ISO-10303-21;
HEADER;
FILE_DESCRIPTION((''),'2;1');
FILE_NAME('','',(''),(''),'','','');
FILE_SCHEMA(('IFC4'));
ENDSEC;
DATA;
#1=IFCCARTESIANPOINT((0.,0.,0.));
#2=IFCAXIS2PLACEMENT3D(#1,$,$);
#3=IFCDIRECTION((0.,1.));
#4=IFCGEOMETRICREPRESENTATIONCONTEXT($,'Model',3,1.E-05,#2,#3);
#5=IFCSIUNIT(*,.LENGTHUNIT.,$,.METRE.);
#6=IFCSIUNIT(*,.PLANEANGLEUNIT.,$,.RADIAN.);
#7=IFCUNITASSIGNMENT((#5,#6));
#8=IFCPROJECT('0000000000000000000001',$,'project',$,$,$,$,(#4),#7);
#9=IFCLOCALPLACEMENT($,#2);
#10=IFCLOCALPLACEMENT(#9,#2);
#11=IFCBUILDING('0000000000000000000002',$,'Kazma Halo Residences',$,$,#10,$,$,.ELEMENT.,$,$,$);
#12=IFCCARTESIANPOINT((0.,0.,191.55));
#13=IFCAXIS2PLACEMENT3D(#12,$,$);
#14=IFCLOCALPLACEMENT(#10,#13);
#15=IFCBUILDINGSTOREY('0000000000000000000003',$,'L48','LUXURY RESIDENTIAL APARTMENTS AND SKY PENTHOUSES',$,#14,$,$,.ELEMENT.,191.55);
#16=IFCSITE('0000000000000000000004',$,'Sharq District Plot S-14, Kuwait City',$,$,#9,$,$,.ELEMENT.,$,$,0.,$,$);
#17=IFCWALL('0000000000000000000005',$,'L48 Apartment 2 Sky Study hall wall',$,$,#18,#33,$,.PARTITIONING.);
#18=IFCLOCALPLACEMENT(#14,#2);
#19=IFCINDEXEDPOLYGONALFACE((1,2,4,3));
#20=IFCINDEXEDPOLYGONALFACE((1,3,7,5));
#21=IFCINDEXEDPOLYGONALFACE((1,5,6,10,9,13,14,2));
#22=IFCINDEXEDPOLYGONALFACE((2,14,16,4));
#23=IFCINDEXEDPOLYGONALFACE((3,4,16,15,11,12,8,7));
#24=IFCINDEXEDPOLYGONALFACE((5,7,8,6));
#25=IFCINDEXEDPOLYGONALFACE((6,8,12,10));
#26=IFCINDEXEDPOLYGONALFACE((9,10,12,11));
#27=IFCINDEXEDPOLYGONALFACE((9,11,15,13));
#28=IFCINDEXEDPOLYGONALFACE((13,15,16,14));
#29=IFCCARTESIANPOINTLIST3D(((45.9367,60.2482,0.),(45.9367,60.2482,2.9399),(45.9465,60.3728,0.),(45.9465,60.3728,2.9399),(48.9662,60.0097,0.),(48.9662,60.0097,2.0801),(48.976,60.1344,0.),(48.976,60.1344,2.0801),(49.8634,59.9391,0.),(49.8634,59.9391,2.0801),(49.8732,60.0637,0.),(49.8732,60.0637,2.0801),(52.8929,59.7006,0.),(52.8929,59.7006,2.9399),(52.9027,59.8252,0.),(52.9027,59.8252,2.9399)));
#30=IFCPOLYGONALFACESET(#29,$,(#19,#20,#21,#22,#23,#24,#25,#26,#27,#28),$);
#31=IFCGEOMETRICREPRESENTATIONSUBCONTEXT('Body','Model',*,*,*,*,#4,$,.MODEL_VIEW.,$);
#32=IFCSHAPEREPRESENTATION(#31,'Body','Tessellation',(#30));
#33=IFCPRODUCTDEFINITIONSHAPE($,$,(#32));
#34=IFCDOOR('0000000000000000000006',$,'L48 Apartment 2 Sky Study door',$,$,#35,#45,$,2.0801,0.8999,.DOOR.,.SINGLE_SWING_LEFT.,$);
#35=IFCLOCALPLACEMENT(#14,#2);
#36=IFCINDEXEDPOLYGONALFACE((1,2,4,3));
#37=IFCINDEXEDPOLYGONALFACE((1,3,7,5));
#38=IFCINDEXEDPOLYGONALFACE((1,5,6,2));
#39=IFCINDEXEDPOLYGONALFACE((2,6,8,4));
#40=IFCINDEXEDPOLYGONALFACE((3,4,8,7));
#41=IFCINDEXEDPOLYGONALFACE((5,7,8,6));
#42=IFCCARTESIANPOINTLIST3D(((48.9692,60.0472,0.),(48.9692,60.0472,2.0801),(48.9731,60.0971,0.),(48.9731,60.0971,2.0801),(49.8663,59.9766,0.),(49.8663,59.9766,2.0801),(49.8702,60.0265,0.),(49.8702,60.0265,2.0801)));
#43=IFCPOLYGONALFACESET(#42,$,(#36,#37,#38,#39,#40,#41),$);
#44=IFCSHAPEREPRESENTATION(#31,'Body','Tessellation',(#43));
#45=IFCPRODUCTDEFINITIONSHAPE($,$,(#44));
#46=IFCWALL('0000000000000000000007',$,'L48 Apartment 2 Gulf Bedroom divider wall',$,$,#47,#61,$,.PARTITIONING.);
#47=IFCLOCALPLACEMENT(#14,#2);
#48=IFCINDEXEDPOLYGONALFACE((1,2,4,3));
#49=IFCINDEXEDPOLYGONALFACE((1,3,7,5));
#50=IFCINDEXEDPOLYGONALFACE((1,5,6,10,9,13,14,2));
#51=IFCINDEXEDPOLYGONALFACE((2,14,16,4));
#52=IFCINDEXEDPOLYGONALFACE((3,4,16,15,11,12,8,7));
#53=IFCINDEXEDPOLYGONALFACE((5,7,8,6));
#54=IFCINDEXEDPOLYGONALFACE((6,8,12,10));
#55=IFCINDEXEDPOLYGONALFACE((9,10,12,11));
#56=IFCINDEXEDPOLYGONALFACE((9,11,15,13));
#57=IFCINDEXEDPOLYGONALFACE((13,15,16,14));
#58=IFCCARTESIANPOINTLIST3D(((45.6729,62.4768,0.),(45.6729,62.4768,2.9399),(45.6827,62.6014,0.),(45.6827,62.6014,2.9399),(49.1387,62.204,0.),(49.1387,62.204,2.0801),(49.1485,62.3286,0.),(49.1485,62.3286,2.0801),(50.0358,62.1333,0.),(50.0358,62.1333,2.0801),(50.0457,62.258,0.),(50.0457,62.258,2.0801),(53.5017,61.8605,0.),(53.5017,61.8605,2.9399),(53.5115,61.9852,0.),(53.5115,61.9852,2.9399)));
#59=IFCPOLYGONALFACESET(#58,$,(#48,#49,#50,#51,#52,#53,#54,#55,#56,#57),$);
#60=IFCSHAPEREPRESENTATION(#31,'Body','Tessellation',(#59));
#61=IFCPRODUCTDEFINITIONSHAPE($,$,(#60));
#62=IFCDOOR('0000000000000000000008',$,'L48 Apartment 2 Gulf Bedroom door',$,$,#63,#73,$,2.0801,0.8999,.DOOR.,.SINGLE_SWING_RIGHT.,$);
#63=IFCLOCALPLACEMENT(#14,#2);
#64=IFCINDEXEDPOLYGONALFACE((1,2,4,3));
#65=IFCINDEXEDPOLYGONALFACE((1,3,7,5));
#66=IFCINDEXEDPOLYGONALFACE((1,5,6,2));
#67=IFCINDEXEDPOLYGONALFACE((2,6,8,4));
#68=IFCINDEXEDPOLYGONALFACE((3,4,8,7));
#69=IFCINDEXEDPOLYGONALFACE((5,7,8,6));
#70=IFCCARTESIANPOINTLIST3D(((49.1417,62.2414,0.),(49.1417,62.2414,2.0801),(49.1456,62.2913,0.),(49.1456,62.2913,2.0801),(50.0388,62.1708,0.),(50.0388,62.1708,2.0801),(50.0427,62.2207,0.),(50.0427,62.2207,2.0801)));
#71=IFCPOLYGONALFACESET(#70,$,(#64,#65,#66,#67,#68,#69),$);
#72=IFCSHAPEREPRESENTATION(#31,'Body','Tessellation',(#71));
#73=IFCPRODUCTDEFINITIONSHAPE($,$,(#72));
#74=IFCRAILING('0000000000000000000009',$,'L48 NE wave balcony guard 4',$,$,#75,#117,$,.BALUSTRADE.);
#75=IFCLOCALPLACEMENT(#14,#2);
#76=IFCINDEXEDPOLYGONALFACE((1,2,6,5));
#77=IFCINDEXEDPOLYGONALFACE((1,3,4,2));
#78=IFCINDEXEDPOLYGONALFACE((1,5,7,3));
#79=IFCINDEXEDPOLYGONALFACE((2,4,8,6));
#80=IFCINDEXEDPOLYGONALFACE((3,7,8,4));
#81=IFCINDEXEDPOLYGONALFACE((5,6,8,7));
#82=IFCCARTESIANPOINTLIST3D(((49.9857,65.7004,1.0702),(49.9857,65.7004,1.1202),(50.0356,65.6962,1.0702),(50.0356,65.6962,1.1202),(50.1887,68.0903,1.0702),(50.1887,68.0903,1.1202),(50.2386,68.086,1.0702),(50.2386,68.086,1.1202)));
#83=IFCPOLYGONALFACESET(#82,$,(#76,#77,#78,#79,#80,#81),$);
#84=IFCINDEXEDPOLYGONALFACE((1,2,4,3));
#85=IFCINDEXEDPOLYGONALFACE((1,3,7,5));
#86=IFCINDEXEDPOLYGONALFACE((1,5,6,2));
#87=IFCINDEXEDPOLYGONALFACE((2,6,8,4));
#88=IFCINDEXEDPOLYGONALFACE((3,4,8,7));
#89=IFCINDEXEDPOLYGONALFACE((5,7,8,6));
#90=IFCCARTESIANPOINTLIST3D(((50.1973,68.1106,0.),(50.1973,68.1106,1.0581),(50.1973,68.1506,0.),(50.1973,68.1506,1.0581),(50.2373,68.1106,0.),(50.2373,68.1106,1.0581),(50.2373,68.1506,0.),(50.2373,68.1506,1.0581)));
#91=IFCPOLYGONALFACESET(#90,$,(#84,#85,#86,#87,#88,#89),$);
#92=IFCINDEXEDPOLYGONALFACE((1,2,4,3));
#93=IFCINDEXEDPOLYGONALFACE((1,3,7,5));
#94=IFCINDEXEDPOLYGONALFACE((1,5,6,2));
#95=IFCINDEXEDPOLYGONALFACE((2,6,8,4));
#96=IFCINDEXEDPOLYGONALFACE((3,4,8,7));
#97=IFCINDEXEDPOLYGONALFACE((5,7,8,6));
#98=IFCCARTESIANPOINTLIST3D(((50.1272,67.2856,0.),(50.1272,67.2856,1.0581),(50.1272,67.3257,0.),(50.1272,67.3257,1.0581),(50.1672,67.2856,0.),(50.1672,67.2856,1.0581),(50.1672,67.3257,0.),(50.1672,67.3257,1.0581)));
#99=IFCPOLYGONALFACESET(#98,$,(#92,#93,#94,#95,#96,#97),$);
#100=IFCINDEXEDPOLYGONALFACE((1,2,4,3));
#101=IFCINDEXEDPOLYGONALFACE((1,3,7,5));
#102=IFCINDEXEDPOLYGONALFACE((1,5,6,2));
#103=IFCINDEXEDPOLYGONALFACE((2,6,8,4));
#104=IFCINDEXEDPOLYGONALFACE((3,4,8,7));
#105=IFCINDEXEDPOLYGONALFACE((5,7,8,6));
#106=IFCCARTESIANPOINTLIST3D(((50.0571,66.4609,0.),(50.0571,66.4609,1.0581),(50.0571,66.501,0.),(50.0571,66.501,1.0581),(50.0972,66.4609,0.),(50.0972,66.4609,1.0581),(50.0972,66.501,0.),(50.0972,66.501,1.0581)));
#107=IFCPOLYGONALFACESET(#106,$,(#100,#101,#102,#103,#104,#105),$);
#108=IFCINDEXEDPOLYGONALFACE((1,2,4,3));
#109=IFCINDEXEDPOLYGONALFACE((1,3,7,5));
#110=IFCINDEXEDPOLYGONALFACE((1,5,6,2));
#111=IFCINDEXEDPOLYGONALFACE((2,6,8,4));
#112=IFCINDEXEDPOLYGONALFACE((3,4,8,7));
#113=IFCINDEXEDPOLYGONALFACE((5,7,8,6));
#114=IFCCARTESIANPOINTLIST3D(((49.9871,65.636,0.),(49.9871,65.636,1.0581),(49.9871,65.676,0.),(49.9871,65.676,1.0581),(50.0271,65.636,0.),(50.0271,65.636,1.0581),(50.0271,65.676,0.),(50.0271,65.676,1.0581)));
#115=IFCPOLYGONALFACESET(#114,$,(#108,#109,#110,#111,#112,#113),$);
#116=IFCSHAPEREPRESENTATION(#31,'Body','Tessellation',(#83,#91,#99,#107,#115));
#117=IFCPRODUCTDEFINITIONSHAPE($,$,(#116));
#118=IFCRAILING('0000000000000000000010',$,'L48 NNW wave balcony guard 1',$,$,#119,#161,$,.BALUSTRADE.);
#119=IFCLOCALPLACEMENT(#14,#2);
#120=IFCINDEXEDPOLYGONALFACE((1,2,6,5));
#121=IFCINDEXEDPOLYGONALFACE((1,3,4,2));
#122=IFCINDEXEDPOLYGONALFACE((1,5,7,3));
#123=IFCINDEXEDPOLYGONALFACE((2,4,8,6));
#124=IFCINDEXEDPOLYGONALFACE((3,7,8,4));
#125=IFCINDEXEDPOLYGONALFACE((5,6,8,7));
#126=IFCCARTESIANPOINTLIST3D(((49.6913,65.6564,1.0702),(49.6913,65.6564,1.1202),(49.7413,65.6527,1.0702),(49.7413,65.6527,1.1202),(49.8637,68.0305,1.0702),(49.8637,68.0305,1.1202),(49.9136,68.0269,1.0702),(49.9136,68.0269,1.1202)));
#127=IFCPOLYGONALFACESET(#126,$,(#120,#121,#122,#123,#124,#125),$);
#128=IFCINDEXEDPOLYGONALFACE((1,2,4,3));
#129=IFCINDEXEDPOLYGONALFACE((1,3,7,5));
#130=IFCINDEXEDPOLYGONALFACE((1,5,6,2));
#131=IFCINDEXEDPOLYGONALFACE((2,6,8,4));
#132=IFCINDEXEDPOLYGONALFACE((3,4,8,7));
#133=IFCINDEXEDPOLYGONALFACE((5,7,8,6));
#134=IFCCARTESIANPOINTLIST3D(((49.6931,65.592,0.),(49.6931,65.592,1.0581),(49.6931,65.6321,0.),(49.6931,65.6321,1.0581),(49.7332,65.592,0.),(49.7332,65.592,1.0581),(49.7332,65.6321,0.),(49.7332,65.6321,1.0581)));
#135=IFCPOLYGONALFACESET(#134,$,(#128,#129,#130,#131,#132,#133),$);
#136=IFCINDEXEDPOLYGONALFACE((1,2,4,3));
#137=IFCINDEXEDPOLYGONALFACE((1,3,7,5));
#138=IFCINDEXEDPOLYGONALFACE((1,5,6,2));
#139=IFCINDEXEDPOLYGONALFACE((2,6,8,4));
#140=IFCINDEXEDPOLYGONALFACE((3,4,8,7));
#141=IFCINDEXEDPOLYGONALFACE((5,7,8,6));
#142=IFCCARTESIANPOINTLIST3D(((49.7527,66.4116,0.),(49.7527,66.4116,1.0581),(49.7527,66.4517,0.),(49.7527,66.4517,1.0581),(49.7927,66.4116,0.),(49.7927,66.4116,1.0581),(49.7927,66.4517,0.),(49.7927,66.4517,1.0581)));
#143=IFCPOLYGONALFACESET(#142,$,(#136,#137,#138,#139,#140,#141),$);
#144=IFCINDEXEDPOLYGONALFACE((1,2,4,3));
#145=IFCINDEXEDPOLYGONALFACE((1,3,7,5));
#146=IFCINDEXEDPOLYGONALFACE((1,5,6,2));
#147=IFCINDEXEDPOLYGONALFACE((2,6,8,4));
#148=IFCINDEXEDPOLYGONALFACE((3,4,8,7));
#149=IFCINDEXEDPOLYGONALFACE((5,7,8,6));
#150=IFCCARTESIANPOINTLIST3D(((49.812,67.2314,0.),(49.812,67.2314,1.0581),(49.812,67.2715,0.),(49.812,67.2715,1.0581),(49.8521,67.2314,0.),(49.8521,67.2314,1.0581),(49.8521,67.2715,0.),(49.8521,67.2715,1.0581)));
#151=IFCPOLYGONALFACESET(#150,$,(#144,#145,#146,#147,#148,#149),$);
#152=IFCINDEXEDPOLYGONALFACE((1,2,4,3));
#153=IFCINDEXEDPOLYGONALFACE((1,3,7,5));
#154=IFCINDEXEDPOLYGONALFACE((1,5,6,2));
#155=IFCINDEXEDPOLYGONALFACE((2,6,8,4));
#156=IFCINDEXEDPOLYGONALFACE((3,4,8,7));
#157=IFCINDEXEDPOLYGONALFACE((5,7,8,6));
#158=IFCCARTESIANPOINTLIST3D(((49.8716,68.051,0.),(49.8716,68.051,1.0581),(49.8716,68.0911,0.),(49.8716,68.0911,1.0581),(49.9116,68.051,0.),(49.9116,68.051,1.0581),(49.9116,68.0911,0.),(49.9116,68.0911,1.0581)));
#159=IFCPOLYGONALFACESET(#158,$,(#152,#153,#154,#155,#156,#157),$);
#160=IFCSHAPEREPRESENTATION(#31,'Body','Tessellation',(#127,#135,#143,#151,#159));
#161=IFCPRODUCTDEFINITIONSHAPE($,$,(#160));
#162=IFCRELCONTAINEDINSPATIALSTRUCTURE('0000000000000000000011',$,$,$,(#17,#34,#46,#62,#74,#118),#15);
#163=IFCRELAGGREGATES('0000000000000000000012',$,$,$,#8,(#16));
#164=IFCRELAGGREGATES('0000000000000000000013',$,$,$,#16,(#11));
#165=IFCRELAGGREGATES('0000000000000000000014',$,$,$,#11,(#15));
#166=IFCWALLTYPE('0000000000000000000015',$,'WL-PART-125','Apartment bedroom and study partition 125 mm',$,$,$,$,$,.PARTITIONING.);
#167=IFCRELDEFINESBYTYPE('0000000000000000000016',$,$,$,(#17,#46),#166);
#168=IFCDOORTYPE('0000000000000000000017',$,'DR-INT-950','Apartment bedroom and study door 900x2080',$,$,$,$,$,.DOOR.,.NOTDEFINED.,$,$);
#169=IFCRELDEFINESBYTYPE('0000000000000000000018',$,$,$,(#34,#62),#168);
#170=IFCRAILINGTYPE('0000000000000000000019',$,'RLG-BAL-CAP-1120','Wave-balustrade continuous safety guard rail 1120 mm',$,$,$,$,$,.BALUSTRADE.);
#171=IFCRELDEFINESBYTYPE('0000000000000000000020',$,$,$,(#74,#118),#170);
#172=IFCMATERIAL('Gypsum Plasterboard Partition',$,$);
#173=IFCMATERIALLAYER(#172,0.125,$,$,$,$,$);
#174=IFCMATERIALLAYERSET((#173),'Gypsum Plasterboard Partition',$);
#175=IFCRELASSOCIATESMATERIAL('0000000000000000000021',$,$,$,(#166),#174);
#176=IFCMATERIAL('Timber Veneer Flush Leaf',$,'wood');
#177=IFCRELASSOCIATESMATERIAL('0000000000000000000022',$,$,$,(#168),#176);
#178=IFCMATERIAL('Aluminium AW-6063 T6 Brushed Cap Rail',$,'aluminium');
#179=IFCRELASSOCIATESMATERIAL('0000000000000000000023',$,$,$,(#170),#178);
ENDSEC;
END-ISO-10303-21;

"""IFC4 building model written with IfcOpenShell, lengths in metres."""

from ifc_helpers import new_model, si_unit, direction, frame, frame_2d, origin, origin_2d, place, context, subcontext, project, spatial, rectangle, extrude, material, layer, layer_set, type_object, element, fill, save


model = new_model("IFC4")

# Units and contexts
model_context = context("Model", 3, precision=1e-05, world=origin(), true_north=direction((0.0, 1.0)))
body_context = subcontext(model_context, "Body", "Model", "MODEL_VIEW")
ifc_project = project(units=[si_unit("LENGTHUNIT", "METRE"), si_unit("PLANEANGLEUNIT", "RADIAN")], contexts=[model_context])

# Site, building, storey
site_placement = place(None, origin())
site = spatial("IfcSite", under=ifc_project, at=site_placement, Name="Sharq District Plot S-14, Kuwait City", CompositionType="ELEMENT", RefElevation=0.0)
building_placement = place(site_placement, origin())
building = spatial("IfcBuilding", under=site, at=building_placement, Name="Kazma Halo Residences", CompositionType="ELEMENT")
storey_placement = place(building_placement, frame((0.0, 0.0, 191.55)))
storey = spatial("IfcBuildingStorey", under=building, at=storey_placement, Name="L48", Description="LUXURY RESIDENTIAL APARTMENTS AND SKY PENTHOUSES", CompositionType="ELEMENT", Elevation=191.55)

# Shared definitions
ifc_material_1 = material(Name="Gypsum Plasterboard Partition")
ifc_layer_1 = layer(ifc_material_1, 0.125)
ifc_layer_set_1 = layer_set([ifc_layer_1], Name="Gypsum Plasterboard Partition")
wall_type_1 = type_object("IfcWallType", Name="WL-PART-125", Description="Apartment bedroom and study partition 125 mm", PredefinedType="PARTITIONING", material=ifc_layer_set_1)

# Walls, openings, doors
wall_1_placement = place(storey_placement, frame((52.8977, 59.7629, 0.0), z_axis=(0.0, 0.0, 1.0), x_axis=(-0.996916, 0.078478, 0.0)))
wall_1 = element("IfcWall", 1, at=wall_1_placement, inside=storey, type_object=wall_type_1, Name="L48 Apartment 2 Sky Study hall wall", PredefinedType="PARTITIONING", context=body_context, shape_type="SweptSolid", body=[
    extrude(rectangle(XDim=6.9778, YDim=0.125, at=frame_2d((3.4888, 0.0))), origin(), (0.0, 0.0, 1.0), 2.9399),
])
opening_1_placement = place(wall_1_placement, frame((3.0388, 0.0, 0.0)))
opening_1 = element("IfcOpeningElement", 2, at=opening_1_placement, cuts=wall_1, PredefinedType="OPENING", context=body_context, shape_type="SweptSolid", body=[
    extrude(rectangle(XDim=0.8999, YDim=2.0801, at=frame_2d((0.45, 1.04))), frame((0.0, 0.0725, 0.0), z_axis=(0.0, -1.0, 0.0), x_axis=(1.0, 0.0, 0.0)), (0.0, 0.0, 1.0), 0.145),
])
ifc_material_2 = material(Name="Timber Veneer Flush Leaf", Category="wood")
door_type_1 = type_object("IfcDoorType", Name="DR-INT-950", Description="Apartment bedroom and study door 900x2080", OperationType="NOTDEFINED", PredefinedType="DOOR", material=ifc_material_2)
door_1_placement = place(opening_1_placement, origin())
door_1 = element("IfcDoor", 3, at=door_1_placement, inside=storey, type_object=door_type_1, Name="L48 Apartment 2 Sky Study door", OperationType="SINGLE_SWING_LEFT", OverallHeight=2.0801, OverallWidth=0.8999, PredefinedType="DOOR", context=body_context, shape_type="SweptSolid", body=[
    extrude(rectangle(XDim=0.8999, YDim=2.0801, at=frame_2d((0.45, 1.04))), frame((0.0, 0.0249, 0.0), z_axis=(0.0, -1.0, 0.0), x_axis=(1.0, 0.0, 0.0)), (0.0, 0.0, 1.0), 0.05),
])
fill(opening_1, door_1)
wall_2_placement = place(storey_placement, frame((53.5066, 61.9229, 0.0), z_axis=(0.0, 0.0, 1.0), x_axis=(-0.996917, 0.078468, 0.0)))
wall_2 = element("IfcWall", 4, at=wall_2_placement, inside=storey, type_object=wall_type_1, Name="L48 Apartment 2 Gulf Bedroom divider wall", PredefinedType="PARTITIONING", context=body_context, shape_type="SweptSolid", body=[
    extrude(rectangle(XDim=7.853, YDim=0.125, at=frame_2d((3.9265, 0.0))), origin(), (0.0, 0.0, 1.0), 2.9399),
])
opening_2_placement = place(wall_2_placement, frame((3.4766, 0.0, 0.0)))
opening_2 = element("IfcOpeningElement", 5, at=opening_2_placement, cuts=wall_2, PredefinedType="OPENING", context=body_context, shape_type="SweptSolid", body=[
    extrude(rectangle(XDim=0.8999, YDim=2.0801, at=frame_2d((0.45, 1.04))), frame((0.0, 0.0725, 0.0), z_axis=(0.0, -1.0, 0.0), x_axis=(1.0, 0.0, 0.0)), (0.0, 0.0, 1.0), 0.145),
])
door_2_placement = place(opening_2_placement, origin())
door_2 = element("IfcDoor", 6, at=door_2_placement, inside=storey, type_object=door_type_1, Name="L48 Apartment 2 Gulf Bedroom door", OperationType="SINGLE_SWING_RIGHT", OverallHeight=2.0801, OverallWidth=0.8999, PredefinedType="DOOR", context=body_context, shape_type="SweptSolid", body=[
    extrude(rectangle(XDim=0.8999, YDim=2.0801, at=frame_2d((0.45, 1.04))), frame((0.0, 0.0249, 0.0), z_axis=(0.0, -1.0, 0.0), x_axis=(1.0, 0.0, 0.0)), (0.0, 0.0, 1.0), 0.05),
])
fill(opening_2, door_2)

# Railings
ifc_material_3 = material(Name="Aluminium AW-6063 T6 Brushed Cap Rail", Category="aluminium")
railing_type = type_object("IfcRailingType", Name="RLG-BAL-CAP-1120", Description="Wave-balustrade continuous safety guard rail 1120 mm", PredefinedType="BALUSTRADE", material=ifc_material_3)
railing_1_placement = place(storey_placement, frame((50.2173, 68.1306, 0.0)))
element("IfcRailing", 7, at=railing_1_placement, inside=storey, type_object=railing_type, Name="L48 NE wave balcony guard 4", PredefinedType="BALUSTRADE", context=body_context, shape_type="SweptSolid", body=[
    extrude(rectangle(XDim=0.05, YDim=0.05, at=origin_2d()), frame((-0.0037, -0.0425, 1.0952), z_axis=(-0.08464, -0.996412, 0.0), x_axis=(0.996412, -0.08464, 0.0)), (0.0, 0.0, 1.0), 2.3984),
    extrude(rectangle(XDim=0.04, YDim=0.04, at=origin_2d()), origin(), (0.0, 0.0, 1.0), 1.0581),
    extrude(rectangle(XDim=0.04, YDim=0.04, at=origin_2d()), frame((-0.0701, -0.825, 0.0)), (0.0, 0.0, 1.0), 1.0581),
    extrude(rectangle(XDim=0.04, YDim=0.04, at=origin_2d()), frame((-0.1401, -1.6497, 0.0)), (0.0, 0.0, 1.0), 1.0581),
    extrude(rectangle(XDim=0.04, YDim=0.04, at=origin_2d()), frame((-0.2102, -2.4746, 0.0)), (0.0, 0.0, 1.0), 1.0581),
])
railing_2_placement = place(storey_placement, frame((49.7131, 65.6121, 0.0)))
element("IfcRailing", 8, at=railing_2_placement, inside=storey, type_object=railing_type, Name="L48 NNW wave balcony guard 1", PredefinedType="BALUSTRADE", context=body_context, shape_type="SweptSolid", body=[
    extrude(rectangle(XDim=0.05, YDim=0.05, at=origin_2d()), frame((0.0032, 0.0425, 1.0952), z_axis=(0.072387, 0.997377, 0.0), x_axis=(-0.997377, 0.072387, 0.0)), (0.0, 0.0, 1.0), 2.3804),
    extrude(rectangle(XDim=0.04, YDim=0.04, at=origin_2d()), origin(), (0.0, 0.0, 1.0), 1.0581),
    extrude(rectangle(XDim=0.04, YDim=0.04, at=origin_2d()), frame((0.0596, 0.8196, 0.0)), (0.0, 0.0, 1.0), 1.0581),
    extrude(rectangle(XDim=0.04, YDim=0.04, at=origin_2d()), frame((0.1189, 1.6394, 0.0)), (0.0, 0.0, 1.0), 1.0581),
    extrude(rectangle(XDim=0.04, YDim=0.04, at=origin_2d()), frame((0.1785, 2.459, 0.0)), (0.0, 0.0, 1.0), 1.0581),
])

save(model, "model.ifc")
